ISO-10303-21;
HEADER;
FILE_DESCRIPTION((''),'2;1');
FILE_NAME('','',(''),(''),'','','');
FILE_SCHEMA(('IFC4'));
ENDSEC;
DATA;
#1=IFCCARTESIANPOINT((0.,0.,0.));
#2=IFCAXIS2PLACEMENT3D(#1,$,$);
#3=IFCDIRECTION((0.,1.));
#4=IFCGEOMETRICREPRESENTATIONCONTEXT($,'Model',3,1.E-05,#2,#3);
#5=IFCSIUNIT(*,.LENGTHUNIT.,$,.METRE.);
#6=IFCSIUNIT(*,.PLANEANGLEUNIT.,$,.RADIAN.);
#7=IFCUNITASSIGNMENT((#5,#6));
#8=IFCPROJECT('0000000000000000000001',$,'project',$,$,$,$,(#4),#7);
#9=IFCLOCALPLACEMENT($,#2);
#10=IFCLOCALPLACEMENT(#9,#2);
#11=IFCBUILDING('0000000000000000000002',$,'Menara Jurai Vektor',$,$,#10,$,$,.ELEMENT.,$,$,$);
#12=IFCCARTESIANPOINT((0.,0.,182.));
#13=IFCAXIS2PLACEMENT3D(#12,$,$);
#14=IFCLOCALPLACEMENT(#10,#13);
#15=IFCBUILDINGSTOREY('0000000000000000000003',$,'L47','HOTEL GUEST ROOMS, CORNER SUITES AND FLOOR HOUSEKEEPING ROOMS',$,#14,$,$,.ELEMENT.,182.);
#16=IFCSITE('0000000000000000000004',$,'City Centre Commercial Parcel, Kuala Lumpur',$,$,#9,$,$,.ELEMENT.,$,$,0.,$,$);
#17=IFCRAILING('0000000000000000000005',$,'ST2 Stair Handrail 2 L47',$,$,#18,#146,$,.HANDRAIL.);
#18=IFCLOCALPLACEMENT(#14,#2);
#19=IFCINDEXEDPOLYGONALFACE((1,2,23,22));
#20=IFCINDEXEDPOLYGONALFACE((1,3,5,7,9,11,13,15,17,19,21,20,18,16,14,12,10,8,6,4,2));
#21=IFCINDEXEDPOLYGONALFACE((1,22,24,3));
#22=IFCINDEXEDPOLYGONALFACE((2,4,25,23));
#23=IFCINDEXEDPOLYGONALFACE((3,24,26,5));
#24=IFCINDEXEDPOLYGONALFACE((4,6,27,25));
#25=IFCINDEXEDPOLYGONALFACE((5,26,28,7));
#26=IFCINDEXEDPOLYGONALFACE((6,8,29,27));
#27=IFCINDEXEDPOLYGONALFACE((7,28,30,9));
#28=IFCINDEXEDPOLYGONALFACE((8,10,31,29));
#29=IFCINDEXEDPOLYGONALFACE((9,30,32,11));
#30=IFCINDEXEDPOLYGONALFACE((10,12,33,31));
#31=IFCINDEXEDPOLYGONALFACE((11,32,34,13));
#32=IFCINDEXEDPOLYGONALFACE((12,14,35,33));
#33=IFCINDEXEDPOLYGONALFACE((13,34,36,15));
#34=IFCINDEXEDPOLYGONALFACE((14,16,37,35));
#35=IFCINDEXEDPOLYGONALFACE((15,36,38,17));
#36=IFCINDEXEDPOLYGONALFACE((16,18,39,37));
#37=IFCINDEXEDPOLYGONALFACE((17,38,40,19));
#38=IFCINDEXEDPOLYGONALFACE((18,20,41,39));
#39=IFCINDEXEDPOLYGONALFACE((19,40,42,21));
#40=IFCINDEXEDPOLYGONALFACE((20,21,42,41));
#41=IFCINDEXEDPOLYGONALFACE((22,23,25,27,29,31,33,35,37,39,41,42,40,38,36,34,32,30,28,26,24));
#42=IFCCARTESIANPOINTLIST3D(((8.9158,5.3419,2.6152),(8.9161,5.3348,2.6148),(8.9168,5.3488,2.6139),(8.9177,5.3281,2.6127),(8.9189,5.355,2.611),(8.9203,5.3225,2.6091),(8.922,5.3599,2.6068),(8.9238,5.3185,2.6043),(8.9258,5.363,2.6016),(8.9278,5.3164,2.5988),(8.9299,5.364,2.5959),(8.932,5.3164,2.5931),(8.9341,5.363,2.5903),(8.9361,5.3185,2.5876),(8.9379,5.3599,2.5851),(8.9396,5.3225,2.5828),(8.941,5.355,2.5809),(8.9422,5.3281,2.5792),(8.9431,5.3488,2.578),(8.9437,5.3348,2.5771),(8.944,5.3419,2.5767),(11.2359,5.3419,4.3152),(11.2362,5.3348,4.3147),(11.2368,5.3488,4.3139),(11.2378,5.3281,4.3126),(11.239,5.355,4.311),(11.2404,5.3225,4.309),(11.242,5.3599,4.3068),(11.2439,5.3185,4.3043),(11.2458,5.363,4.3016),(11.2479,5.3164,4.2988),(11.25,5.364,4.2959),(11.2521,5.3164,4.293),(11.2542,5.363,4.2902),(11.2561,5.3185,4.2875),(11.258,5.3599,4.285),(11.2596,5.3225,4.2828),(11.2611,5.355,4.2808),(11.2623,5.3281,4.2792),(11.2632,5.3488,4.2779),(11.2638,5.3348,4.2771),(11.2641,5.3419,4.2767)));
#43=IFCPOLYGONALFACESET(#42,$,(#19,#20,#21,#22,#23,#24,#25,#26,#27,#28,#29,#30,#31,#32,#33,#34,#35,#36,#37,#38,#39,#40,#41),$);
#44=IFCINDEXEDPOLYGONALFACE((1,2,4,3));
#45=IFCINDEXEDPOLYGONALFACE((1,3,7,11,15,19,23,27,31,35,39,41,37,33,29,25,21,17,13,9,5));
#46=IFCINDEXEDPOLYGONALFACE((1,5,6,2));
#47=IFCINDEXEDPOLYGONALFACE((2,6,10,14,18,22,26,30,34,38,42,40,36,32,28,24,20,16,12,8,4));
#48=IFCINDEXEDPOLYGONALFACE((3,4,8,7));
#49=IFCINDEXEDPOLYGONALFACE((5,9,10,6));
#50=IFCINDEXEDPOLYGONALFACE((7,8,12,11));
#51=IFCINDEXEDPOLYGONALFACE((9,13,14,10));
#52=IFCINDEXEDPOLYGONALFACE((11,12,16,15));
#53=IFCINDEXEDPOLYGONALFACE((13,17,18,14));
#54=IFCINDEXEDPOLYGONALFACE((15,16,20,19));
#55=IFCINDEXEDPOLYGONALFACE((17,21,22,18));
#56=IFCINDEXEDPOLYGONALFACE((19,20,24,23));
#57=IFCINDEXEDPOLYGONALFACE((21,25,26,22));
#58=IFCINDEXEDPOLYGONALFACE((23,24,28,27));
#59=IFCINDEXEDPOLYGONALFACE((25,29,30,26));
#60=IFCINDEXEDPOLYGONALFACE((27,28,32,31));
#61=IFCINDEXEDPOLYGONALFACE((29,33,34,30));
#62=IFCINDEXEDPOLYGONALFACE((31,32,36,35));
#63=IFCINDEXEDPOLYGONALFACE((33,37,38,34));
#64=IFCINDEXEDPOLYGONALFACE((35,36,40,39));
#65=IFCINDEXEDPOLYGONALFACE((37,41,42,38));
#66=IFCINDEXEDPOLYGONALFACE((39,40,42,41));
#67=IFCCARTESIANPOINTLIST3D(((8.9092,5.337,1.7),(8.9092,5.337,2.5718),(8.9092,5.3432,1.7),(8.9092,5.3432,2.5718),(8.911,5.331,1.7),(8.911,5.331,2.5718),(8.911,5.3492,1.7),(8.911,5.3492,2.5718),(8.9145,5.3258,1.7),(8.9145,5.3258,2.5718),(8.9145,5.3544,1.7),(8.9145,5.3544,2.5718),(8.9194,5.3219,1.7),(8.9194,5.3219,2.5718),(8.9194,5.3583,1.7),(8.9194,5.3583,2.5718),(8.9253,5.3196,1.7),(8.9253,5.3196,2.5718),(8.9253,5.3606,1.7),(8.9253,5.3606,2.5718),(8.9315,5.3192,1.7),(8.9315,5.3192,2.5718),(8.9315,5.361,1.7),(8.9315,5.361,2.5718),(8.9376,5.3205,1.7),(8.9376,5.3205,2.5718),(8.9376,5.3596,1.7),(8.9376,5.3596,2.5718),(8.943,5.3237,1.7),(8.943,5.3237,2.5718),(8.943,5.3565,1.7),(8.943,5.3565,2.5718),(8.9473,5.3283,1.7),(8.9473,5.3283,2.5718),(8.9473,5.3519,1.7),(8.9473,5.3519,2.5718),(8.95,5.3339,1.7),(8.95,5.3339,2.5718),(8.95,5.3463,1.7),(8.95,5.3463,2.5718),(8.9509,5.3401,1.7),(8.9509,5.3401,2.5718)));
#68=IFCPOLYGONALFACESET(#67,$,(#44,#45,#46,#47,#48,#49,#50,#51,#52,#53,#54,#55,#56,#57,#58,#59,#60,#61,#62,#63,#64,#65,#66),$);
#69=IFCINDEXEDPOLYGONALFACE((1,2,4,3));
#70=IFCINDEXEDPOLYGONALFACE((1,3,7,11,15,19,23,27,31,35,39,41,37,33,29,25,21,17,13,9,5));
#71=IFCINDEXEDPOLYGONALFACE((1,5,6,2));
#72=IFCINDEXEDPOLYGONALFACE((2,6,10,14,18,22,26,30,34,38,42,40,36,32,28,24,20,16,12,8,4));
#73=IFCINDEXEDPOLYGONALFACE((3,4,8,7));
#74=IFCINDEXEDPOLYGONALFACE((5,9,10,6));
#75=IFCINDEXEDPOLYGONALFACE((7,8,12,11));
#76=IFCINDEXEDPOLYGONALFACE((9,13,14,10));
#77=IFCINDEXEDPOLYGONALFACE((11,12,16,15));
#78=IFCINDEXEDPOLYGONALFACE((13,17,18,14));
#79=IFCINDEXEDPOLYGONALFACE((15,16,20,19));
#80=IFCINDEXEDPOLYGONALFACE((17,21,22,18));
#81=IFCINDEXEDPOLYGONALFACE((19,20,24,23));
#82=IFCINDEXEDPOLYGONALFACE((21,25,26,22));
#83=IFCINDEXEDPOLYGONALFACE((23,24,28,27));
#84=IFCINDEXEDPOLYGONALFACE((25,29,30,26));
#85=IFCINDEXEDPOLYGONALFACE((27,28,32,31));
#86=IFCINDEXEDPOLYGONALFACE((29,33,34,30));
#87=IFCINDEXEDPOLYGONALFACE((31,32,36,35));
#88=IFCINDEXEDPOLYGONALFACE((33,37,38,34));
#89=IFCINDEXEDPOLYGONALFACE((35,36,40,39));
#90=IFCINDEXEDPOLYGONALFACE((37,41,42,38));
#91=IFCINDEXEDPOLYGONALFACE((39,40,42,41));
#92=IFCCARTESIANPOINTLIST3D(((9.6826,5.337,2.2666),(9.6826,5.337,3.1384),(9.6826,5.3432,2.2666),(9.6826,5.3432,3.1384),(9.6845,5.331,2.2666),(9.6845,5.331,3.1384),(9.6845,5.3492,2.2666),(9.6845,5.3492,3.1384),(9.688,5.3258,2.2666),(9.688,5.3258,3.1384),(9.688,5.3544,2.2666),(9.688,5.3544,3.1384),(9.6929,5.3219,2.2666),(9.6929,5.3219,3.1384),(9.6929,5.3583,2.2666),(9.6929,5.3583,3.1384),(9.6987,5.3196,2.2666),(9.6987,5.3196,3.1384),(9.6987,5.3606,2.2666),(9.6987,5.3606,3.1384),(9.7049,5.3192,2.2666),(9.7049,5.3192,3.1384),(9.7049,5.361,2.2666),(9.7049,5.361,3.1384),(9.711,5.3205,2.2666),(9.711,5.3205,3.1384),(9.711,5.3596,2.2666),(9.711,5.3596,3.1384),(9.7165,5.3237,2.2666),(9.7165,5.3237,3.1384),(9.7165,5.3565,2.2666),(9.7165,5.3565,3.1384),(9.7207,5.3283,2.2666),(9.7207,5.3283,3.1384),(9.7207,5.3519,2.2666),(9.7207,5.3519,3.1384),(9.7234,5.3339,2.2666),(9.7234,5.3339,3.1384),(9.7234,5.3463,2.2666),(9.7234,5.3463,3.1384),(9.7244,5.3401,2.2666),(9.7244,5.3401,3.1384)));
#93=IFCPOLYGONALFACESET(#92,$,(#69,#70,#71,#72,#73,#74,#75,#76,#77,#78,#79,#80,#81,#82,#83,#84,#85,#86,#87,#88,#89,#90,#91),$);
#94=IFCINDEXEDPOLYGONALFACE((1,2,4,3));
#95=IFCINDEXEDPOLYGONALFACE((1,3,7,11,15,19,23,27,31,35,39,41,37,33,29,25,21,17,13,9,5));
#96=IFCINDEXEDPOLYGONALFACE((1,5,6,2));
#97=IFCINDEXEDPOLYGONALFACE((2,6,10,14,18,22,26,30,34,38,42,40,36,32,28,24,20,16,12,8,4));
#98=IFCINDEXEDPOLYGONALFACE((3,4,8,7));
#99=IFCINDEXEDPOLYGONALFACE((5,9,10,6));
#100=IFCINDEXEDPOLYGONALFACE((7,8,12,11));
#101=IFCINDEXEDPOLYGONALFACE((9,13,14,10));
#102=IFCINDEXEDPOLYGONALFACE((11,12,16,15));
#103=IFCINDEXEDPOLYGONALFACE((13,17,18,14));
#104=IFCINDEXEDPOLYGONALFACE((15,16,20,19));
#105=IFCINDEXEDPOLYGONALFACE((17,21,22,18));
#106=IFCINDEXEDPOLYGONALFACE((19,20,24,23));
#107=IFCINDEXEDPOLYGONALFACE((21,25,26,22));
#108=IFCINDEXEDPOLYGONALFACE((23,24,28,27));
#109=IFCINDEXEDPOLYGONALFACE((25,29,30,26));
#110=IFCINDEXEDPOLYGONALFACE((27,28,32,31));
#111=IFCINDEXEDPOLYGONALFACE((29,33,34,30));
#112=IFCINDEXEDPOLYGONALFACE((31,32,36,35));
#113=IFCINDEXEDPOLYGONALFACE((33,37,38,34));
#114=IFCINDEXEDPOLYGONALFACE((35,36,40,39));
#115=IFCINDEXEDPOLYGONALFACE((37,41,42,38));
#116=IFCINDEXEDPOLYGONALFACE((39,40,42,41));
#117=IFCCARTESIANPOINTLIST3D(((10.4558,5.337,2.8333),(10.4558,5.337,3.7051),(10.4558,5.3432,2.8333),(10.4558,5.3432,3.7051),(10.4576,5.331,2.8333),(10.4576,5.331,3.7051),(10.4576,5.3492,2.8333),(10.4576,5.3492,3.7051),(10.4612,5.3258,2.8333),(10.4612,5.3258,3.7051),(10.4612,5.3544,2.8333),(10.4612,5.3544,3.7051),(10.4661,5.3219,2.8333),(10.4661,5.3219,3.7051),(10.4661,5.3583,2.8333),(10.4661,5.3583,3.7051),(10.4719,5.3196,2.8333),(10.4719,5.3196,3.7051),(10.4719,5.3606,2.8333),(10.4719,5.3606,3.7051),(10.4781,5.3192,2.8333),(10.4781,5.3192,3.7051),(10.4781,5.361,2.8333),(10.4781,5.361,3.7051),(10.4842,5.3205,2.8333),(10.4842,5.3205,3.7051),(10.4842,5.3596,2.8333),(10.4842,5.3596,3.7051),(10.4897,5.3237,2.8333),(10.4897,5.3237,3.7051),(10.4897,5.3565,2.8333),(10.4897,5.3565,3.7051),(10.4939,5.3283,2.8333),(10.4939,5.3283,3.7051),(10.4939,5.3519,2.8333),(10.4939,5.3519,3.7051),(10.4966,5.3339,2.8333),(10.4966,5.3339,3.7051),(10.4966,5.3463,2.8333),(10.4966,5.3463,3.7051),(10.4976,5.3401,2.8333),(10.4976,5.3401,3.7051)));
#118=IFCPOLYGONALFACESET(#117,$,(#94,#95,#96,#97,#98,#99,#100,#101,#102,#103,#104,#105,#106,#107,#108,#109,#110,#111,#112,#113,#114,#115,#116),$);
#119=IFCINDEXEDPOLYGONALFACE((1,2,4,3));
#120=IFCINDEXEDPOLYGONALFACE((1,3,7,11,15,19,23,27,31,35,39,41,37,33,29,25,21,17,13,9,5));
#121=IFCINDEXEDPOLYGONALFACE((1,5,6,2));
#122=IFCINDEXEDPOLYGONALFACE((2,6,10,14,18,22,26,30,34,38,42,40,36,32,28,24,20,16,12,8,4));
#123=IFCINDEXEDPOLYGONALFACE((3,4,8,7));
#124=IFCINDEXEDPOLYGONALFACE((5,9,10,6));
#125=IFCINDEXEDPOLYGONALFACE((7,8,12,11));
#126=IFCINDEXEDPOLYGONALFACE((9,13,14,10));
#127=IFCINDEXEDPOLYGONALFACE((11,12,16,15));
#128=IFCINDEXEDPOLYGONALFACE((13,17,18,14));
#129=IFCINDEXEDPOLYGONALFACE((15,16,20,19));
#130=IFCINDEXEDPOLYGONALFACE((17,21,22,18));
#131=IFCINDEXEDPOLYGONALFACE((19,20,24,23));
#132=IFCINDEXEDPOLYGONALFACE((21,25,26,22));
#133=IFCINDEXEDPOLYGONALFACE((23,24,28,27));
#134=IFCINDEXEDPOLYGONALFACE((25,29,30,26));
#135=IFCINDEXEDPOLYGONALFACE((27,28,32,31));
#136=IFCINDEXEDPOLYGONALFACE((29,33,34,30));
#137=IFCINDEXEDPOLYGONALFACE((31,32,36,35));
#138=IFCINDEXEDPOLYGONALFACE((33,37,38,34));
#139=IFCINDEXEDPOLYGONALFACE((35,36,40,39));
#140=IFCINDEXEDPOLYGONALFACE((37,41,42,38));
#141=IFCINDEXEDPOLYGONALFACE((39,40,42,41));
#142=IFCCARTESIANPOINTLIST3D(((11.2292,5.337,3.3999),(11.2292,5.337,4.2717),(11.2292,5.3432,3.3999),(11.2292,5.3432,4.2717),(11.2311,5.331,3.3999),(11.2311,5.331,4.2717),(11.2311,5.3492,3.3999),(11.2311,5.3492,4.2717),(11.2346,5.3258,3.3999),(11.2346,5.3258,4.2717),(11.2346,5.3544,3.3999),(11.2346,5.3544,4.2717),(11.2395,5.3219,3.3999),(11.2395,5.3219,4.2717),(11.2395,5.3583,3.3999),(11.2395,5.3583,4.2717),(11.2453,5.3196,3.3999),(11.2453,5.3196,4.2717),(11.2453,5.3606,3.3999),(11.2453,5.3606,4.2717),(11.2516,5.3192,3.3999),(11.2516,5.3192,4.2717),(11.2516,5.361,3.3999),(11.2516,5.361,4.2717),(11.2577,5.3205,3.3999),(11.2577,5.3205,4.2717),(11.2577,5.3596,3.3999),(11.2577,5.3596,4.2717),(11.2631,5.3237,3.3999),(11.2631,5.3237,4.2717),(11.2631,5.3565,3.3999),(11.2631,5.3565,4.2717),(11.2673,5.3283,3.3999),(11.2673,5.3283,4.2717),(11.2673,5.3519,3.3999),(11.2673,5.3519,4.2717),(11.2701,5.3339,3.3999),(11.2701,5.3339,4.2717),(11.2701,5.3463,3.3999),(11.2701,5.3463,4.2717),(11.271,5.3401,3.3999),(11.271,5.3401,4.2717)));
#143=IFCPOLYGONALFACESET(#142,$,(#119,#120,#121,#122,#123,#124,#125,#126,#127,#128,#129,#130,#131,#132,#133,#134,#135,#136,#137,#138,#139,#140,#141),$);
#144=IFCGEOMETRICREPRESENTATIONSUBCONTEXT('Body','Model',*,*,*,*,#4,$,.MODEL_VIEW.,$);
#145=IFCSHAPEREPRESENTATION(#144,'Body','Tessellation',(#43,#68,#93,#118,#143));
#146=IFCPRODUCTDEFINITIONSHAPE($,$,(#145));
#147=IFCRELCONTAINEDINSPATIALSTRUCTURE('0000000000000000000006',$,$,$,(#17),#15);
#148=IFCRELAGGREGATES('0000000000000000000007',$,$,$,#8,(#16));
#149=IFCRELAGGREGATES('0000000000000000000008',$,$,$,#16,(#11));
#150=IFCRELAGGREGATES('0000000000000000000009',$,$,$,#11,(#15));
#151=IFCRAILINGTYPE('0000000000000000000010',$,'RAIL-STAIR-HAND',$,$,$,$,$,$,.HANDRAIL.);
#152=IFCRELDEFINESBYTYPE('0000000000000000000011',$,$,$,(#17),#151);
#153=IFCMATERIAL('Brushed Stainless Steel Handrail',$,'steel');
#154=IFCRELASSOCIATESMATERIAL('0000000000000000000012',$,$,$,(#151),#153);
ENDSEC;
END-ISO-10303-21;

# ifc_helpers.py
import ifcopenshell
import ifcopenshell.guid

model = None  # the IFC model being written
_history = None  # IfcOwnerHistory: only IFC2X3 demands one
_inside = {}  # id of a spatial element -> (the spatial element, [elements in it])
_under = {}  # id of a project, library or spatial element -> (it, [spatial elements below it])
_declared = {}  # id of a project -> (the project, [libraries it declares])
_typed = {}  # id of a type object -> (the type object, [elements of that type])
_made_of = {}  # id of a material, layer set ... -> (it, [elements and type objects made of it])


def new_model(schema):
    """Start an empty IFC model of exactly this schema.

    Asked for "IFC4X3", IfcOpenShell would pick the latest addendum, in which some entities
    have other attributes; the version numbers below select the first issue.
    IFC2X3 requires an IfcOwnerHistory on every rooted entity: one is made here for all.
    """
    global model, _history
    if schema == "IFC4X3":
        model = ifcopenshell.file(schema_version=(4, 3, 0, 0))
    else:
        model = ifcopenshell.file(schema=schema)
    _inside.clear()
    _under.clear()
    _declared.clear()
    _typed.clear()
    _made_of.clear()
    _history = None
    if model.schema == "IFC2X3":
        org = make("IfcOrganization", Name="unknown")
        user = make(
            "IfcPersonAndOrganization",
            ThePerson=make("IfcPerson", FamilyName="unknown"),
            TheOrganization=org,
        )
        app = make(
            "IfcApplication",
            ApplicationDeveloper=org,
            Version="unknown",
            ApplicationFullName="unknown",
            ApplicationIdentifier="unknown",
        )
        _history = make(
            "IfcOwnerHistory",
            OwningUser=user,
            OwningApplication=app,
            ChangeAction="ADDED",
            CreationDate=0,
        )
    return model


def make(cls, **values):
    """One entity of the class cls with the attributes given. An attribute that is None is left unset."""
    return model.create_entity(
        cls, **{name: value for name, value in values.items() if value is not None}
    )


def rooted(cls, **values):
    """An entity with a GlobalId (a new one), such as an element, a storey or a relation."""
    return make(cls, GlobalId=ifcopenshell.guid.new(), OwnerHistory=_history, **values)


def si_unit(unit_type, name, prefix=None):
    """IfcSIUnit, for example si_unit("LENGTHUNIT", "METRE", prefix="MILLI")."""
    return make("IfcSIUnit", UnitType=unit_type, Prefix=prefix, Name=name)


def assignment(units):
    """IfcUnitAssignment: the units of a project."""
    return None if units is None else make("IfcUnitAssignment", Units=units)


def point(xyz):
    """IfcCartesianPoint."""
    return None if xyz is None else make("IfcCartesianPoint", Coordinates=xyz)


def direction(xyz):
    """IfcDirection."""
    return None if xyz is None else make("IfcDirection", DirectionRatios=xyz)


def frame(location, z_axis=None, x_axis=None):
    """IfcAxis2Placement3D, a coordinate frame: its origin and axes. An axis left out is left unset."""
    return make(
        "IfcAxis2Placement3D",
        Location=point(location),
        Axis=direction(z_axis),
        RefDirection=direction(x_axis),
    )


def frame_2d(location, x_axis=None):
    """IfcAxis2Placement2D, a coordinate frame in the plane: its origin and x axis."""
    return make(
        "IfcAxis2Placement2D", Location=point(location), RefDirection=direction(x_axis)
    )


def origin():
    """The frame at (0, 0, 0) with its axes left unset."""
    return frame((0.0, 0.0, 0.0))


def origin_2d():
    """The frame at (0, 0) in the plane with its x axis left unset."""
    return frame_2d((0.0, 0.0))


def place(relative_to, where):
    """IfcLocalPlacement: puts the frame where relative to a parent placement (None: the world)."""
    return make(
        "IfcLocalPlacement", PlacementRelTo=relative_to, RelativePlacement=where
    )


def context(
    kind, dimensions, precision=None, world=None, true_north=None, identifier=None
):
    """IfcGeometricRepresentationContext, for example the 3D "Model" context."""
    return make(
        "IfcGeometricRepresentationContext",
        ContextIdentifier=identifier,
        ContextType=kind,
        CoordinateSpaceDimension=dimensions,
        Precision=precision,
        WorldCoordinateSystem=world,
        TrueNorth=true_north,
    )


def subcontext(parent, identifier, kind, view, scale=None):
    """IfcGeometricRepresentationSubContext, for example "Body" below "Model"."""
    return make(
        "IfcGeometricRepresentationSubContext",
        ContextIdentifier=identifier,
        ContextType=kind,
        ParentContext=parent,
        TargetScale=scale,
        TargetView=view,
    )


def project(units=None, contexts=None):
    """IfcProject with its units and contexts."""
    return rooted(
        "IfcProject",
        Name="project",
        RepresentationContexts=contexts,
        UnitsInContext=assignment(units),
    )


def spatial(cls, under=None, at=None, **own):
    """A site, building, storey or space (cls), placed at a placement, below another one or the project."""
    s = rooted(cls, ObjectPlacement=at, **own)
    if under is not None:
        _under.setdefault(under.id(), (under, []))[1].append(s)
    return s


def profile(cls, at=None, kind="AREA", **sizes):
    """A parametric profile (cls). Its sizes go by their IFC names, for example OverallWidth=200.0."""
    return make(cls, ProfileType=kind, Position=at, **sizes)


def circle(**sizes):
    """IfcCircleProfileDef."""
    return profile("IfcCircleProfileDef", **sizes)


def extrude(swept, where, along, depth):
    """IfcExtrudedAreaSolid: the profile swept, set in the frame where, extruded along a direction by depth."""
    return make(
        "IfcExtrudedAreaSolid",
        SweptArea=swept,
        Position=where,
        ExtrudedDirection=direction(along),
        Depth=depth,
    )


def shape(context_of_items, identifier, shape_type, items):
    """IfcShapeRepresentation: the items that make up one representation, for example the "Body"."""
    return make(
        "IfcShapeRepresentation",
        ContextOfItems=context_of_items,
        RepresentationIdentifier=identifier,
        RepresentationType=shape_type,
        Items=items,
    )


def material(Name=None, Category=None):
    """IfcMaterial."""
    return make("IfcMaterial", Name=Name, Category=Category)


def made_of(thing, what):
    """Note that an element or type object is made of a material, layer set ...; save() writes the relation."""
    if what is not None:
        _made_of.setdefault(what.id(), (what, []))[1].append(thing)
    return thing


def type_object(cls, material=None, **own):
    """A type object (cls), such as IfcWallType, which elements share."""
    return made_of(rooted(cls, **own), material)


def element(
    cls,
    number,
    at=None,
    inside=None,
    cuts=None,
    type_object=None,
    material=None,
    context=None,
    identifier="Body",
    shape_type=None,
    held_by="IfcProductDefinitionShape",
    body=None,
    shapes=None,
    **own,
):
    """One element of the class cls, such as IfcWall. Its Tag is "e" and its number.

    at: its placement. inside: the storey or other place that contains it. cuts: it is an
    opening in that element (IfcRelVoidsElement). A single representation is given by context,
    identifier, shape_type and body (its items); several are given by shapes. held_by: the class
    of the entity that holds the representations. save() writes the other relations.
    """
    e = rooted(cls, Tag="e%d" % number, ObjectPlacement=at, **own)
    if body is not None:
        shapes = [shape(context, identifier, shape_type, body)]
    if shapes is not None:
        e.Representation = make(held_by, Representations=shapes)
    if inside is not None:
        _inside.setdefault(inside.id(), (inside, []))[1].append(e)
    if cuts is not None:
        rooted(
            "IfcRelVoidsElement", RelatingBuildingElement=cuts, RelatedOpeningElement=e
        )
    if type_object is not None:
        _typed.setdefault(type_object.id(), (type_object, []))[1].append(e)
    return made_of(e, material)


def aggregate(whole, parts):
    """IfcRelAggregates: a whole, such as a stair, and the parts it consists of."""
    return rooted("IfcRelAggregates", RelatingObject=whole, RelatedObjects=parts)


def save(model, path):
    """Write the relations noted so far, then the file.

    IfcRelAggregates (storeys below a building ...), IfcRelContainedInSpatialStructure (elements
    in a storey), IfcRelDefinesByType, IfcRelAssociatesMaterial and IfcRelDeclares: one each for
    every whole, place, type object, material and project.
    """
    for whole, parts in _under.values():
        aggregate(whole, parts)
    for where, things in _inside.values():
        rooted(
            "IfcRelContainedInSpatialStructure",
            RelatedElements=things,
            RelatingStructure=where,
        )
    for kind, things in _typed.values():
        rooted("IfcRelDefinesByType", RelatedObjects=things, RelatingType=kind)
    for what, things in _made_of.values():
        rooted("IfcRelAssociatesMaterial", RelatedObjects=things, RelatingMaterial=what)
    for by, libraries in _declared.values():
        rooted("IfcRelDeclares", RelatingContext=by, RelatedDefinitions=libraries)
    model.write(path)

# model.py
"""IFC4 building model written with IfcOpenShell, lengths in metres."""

from ifc_helpers import new_model, si_unit, direction, frame, origin, origin_2d, place, context, subcontext, project, spatial, circle, extrude, material, type_object, element, save


model = new_model("IFC4")

# Units and contexts
model_context = context("Model", 3, precision=1e-05, world=origin(), true_north=direction((0.0, 1.0)))
body_context = subcontext(model_context, "Body", "Model", "MODEL_VIEW")
ifc_project = project(units=[si_unit("LENGTHUNIT", "METRE"), si_unit("PLANEANGLEUNIT", "RADIAN")], contexts=[model_context])

# Site, building, storey
site_placement = place(None, origin())
site = spatial("IfcSite", under=ifc_project, at=site_placement, Name="City Centre Commercial Parcel, Kuala Lumpur", CompositionType="ELEMENT", RefElevation=0.0)
building_placement = place(site_placement, origin())
building = spatial("IfcBuilding", under=site, at=building_placement, Name="Menara Jurai Vektor", CompositionType="ELEMENT")
storey_placement = place(building_placement, frame((0.0, 0.0, 182.0)))
storey = spatial("IfcBuildingStorey", under=building, at=storey_placement, Name="L47", Description="HOTEL GUEST ROOMS, CORNER SUITES AND FLOOR HOUSEKEEPING ROOMS", CompositionType="ELEMENT", Elevation=182.0)

# Railing
ifc_material_1 = material(Name="Brushed Stainless Steel Handrail", Category="steel")
railing_type_1 = type_object("IfcRailingType", Name="RAIL-STAIR-HAND", PredefinedType="HANDRAIL", material=ifc_material_1)
railing_1_placement = place(storey_placement, frame((8.9299, 5.3401, 1.7)))
element("IfcRailing", 1, at=railing_1_placement, inside=storey, type_object=railing_type_1, Name="ST2 Stair Handrail 2 L47", PredefinedType="HANDRAIL", context=body_context, shape_type="SweptSolid", body=[
    extrude(circle(Radius=0.0239, at=origin_2d()), frame((0.0, 0.0, 0.896), z_axis=(0.806642, 0.0, 0.59104), x_axis=(0.0, 1.0, 0.0)), (0.0, 0.0, 1.0), 2.8762),
    extrude(circle(Radius=0.021, at=origin_2d()), origin(), (0.0, 0.0, 1.0), 0.8718),
    extrude(circle(Radius=0.021, at=origin_2d()), frame((0.7734, 0.0, 0.5667)), (0.0, 0.0, 1.0), 0.8718),
    extrude(circle(Radius=0.021, at=origin_2d()), frame((1.5466, 0.0, 1.1333)), (0.0, 0.0, 1.0), 0.8718),
    extrude(circle(Radius=0.021, at=origin_2d()), frame((2.3201, 0.0, 1.7)), (0.0, 0.0, 1.0), 0.8718),
])

save(model, "model.ifc")
